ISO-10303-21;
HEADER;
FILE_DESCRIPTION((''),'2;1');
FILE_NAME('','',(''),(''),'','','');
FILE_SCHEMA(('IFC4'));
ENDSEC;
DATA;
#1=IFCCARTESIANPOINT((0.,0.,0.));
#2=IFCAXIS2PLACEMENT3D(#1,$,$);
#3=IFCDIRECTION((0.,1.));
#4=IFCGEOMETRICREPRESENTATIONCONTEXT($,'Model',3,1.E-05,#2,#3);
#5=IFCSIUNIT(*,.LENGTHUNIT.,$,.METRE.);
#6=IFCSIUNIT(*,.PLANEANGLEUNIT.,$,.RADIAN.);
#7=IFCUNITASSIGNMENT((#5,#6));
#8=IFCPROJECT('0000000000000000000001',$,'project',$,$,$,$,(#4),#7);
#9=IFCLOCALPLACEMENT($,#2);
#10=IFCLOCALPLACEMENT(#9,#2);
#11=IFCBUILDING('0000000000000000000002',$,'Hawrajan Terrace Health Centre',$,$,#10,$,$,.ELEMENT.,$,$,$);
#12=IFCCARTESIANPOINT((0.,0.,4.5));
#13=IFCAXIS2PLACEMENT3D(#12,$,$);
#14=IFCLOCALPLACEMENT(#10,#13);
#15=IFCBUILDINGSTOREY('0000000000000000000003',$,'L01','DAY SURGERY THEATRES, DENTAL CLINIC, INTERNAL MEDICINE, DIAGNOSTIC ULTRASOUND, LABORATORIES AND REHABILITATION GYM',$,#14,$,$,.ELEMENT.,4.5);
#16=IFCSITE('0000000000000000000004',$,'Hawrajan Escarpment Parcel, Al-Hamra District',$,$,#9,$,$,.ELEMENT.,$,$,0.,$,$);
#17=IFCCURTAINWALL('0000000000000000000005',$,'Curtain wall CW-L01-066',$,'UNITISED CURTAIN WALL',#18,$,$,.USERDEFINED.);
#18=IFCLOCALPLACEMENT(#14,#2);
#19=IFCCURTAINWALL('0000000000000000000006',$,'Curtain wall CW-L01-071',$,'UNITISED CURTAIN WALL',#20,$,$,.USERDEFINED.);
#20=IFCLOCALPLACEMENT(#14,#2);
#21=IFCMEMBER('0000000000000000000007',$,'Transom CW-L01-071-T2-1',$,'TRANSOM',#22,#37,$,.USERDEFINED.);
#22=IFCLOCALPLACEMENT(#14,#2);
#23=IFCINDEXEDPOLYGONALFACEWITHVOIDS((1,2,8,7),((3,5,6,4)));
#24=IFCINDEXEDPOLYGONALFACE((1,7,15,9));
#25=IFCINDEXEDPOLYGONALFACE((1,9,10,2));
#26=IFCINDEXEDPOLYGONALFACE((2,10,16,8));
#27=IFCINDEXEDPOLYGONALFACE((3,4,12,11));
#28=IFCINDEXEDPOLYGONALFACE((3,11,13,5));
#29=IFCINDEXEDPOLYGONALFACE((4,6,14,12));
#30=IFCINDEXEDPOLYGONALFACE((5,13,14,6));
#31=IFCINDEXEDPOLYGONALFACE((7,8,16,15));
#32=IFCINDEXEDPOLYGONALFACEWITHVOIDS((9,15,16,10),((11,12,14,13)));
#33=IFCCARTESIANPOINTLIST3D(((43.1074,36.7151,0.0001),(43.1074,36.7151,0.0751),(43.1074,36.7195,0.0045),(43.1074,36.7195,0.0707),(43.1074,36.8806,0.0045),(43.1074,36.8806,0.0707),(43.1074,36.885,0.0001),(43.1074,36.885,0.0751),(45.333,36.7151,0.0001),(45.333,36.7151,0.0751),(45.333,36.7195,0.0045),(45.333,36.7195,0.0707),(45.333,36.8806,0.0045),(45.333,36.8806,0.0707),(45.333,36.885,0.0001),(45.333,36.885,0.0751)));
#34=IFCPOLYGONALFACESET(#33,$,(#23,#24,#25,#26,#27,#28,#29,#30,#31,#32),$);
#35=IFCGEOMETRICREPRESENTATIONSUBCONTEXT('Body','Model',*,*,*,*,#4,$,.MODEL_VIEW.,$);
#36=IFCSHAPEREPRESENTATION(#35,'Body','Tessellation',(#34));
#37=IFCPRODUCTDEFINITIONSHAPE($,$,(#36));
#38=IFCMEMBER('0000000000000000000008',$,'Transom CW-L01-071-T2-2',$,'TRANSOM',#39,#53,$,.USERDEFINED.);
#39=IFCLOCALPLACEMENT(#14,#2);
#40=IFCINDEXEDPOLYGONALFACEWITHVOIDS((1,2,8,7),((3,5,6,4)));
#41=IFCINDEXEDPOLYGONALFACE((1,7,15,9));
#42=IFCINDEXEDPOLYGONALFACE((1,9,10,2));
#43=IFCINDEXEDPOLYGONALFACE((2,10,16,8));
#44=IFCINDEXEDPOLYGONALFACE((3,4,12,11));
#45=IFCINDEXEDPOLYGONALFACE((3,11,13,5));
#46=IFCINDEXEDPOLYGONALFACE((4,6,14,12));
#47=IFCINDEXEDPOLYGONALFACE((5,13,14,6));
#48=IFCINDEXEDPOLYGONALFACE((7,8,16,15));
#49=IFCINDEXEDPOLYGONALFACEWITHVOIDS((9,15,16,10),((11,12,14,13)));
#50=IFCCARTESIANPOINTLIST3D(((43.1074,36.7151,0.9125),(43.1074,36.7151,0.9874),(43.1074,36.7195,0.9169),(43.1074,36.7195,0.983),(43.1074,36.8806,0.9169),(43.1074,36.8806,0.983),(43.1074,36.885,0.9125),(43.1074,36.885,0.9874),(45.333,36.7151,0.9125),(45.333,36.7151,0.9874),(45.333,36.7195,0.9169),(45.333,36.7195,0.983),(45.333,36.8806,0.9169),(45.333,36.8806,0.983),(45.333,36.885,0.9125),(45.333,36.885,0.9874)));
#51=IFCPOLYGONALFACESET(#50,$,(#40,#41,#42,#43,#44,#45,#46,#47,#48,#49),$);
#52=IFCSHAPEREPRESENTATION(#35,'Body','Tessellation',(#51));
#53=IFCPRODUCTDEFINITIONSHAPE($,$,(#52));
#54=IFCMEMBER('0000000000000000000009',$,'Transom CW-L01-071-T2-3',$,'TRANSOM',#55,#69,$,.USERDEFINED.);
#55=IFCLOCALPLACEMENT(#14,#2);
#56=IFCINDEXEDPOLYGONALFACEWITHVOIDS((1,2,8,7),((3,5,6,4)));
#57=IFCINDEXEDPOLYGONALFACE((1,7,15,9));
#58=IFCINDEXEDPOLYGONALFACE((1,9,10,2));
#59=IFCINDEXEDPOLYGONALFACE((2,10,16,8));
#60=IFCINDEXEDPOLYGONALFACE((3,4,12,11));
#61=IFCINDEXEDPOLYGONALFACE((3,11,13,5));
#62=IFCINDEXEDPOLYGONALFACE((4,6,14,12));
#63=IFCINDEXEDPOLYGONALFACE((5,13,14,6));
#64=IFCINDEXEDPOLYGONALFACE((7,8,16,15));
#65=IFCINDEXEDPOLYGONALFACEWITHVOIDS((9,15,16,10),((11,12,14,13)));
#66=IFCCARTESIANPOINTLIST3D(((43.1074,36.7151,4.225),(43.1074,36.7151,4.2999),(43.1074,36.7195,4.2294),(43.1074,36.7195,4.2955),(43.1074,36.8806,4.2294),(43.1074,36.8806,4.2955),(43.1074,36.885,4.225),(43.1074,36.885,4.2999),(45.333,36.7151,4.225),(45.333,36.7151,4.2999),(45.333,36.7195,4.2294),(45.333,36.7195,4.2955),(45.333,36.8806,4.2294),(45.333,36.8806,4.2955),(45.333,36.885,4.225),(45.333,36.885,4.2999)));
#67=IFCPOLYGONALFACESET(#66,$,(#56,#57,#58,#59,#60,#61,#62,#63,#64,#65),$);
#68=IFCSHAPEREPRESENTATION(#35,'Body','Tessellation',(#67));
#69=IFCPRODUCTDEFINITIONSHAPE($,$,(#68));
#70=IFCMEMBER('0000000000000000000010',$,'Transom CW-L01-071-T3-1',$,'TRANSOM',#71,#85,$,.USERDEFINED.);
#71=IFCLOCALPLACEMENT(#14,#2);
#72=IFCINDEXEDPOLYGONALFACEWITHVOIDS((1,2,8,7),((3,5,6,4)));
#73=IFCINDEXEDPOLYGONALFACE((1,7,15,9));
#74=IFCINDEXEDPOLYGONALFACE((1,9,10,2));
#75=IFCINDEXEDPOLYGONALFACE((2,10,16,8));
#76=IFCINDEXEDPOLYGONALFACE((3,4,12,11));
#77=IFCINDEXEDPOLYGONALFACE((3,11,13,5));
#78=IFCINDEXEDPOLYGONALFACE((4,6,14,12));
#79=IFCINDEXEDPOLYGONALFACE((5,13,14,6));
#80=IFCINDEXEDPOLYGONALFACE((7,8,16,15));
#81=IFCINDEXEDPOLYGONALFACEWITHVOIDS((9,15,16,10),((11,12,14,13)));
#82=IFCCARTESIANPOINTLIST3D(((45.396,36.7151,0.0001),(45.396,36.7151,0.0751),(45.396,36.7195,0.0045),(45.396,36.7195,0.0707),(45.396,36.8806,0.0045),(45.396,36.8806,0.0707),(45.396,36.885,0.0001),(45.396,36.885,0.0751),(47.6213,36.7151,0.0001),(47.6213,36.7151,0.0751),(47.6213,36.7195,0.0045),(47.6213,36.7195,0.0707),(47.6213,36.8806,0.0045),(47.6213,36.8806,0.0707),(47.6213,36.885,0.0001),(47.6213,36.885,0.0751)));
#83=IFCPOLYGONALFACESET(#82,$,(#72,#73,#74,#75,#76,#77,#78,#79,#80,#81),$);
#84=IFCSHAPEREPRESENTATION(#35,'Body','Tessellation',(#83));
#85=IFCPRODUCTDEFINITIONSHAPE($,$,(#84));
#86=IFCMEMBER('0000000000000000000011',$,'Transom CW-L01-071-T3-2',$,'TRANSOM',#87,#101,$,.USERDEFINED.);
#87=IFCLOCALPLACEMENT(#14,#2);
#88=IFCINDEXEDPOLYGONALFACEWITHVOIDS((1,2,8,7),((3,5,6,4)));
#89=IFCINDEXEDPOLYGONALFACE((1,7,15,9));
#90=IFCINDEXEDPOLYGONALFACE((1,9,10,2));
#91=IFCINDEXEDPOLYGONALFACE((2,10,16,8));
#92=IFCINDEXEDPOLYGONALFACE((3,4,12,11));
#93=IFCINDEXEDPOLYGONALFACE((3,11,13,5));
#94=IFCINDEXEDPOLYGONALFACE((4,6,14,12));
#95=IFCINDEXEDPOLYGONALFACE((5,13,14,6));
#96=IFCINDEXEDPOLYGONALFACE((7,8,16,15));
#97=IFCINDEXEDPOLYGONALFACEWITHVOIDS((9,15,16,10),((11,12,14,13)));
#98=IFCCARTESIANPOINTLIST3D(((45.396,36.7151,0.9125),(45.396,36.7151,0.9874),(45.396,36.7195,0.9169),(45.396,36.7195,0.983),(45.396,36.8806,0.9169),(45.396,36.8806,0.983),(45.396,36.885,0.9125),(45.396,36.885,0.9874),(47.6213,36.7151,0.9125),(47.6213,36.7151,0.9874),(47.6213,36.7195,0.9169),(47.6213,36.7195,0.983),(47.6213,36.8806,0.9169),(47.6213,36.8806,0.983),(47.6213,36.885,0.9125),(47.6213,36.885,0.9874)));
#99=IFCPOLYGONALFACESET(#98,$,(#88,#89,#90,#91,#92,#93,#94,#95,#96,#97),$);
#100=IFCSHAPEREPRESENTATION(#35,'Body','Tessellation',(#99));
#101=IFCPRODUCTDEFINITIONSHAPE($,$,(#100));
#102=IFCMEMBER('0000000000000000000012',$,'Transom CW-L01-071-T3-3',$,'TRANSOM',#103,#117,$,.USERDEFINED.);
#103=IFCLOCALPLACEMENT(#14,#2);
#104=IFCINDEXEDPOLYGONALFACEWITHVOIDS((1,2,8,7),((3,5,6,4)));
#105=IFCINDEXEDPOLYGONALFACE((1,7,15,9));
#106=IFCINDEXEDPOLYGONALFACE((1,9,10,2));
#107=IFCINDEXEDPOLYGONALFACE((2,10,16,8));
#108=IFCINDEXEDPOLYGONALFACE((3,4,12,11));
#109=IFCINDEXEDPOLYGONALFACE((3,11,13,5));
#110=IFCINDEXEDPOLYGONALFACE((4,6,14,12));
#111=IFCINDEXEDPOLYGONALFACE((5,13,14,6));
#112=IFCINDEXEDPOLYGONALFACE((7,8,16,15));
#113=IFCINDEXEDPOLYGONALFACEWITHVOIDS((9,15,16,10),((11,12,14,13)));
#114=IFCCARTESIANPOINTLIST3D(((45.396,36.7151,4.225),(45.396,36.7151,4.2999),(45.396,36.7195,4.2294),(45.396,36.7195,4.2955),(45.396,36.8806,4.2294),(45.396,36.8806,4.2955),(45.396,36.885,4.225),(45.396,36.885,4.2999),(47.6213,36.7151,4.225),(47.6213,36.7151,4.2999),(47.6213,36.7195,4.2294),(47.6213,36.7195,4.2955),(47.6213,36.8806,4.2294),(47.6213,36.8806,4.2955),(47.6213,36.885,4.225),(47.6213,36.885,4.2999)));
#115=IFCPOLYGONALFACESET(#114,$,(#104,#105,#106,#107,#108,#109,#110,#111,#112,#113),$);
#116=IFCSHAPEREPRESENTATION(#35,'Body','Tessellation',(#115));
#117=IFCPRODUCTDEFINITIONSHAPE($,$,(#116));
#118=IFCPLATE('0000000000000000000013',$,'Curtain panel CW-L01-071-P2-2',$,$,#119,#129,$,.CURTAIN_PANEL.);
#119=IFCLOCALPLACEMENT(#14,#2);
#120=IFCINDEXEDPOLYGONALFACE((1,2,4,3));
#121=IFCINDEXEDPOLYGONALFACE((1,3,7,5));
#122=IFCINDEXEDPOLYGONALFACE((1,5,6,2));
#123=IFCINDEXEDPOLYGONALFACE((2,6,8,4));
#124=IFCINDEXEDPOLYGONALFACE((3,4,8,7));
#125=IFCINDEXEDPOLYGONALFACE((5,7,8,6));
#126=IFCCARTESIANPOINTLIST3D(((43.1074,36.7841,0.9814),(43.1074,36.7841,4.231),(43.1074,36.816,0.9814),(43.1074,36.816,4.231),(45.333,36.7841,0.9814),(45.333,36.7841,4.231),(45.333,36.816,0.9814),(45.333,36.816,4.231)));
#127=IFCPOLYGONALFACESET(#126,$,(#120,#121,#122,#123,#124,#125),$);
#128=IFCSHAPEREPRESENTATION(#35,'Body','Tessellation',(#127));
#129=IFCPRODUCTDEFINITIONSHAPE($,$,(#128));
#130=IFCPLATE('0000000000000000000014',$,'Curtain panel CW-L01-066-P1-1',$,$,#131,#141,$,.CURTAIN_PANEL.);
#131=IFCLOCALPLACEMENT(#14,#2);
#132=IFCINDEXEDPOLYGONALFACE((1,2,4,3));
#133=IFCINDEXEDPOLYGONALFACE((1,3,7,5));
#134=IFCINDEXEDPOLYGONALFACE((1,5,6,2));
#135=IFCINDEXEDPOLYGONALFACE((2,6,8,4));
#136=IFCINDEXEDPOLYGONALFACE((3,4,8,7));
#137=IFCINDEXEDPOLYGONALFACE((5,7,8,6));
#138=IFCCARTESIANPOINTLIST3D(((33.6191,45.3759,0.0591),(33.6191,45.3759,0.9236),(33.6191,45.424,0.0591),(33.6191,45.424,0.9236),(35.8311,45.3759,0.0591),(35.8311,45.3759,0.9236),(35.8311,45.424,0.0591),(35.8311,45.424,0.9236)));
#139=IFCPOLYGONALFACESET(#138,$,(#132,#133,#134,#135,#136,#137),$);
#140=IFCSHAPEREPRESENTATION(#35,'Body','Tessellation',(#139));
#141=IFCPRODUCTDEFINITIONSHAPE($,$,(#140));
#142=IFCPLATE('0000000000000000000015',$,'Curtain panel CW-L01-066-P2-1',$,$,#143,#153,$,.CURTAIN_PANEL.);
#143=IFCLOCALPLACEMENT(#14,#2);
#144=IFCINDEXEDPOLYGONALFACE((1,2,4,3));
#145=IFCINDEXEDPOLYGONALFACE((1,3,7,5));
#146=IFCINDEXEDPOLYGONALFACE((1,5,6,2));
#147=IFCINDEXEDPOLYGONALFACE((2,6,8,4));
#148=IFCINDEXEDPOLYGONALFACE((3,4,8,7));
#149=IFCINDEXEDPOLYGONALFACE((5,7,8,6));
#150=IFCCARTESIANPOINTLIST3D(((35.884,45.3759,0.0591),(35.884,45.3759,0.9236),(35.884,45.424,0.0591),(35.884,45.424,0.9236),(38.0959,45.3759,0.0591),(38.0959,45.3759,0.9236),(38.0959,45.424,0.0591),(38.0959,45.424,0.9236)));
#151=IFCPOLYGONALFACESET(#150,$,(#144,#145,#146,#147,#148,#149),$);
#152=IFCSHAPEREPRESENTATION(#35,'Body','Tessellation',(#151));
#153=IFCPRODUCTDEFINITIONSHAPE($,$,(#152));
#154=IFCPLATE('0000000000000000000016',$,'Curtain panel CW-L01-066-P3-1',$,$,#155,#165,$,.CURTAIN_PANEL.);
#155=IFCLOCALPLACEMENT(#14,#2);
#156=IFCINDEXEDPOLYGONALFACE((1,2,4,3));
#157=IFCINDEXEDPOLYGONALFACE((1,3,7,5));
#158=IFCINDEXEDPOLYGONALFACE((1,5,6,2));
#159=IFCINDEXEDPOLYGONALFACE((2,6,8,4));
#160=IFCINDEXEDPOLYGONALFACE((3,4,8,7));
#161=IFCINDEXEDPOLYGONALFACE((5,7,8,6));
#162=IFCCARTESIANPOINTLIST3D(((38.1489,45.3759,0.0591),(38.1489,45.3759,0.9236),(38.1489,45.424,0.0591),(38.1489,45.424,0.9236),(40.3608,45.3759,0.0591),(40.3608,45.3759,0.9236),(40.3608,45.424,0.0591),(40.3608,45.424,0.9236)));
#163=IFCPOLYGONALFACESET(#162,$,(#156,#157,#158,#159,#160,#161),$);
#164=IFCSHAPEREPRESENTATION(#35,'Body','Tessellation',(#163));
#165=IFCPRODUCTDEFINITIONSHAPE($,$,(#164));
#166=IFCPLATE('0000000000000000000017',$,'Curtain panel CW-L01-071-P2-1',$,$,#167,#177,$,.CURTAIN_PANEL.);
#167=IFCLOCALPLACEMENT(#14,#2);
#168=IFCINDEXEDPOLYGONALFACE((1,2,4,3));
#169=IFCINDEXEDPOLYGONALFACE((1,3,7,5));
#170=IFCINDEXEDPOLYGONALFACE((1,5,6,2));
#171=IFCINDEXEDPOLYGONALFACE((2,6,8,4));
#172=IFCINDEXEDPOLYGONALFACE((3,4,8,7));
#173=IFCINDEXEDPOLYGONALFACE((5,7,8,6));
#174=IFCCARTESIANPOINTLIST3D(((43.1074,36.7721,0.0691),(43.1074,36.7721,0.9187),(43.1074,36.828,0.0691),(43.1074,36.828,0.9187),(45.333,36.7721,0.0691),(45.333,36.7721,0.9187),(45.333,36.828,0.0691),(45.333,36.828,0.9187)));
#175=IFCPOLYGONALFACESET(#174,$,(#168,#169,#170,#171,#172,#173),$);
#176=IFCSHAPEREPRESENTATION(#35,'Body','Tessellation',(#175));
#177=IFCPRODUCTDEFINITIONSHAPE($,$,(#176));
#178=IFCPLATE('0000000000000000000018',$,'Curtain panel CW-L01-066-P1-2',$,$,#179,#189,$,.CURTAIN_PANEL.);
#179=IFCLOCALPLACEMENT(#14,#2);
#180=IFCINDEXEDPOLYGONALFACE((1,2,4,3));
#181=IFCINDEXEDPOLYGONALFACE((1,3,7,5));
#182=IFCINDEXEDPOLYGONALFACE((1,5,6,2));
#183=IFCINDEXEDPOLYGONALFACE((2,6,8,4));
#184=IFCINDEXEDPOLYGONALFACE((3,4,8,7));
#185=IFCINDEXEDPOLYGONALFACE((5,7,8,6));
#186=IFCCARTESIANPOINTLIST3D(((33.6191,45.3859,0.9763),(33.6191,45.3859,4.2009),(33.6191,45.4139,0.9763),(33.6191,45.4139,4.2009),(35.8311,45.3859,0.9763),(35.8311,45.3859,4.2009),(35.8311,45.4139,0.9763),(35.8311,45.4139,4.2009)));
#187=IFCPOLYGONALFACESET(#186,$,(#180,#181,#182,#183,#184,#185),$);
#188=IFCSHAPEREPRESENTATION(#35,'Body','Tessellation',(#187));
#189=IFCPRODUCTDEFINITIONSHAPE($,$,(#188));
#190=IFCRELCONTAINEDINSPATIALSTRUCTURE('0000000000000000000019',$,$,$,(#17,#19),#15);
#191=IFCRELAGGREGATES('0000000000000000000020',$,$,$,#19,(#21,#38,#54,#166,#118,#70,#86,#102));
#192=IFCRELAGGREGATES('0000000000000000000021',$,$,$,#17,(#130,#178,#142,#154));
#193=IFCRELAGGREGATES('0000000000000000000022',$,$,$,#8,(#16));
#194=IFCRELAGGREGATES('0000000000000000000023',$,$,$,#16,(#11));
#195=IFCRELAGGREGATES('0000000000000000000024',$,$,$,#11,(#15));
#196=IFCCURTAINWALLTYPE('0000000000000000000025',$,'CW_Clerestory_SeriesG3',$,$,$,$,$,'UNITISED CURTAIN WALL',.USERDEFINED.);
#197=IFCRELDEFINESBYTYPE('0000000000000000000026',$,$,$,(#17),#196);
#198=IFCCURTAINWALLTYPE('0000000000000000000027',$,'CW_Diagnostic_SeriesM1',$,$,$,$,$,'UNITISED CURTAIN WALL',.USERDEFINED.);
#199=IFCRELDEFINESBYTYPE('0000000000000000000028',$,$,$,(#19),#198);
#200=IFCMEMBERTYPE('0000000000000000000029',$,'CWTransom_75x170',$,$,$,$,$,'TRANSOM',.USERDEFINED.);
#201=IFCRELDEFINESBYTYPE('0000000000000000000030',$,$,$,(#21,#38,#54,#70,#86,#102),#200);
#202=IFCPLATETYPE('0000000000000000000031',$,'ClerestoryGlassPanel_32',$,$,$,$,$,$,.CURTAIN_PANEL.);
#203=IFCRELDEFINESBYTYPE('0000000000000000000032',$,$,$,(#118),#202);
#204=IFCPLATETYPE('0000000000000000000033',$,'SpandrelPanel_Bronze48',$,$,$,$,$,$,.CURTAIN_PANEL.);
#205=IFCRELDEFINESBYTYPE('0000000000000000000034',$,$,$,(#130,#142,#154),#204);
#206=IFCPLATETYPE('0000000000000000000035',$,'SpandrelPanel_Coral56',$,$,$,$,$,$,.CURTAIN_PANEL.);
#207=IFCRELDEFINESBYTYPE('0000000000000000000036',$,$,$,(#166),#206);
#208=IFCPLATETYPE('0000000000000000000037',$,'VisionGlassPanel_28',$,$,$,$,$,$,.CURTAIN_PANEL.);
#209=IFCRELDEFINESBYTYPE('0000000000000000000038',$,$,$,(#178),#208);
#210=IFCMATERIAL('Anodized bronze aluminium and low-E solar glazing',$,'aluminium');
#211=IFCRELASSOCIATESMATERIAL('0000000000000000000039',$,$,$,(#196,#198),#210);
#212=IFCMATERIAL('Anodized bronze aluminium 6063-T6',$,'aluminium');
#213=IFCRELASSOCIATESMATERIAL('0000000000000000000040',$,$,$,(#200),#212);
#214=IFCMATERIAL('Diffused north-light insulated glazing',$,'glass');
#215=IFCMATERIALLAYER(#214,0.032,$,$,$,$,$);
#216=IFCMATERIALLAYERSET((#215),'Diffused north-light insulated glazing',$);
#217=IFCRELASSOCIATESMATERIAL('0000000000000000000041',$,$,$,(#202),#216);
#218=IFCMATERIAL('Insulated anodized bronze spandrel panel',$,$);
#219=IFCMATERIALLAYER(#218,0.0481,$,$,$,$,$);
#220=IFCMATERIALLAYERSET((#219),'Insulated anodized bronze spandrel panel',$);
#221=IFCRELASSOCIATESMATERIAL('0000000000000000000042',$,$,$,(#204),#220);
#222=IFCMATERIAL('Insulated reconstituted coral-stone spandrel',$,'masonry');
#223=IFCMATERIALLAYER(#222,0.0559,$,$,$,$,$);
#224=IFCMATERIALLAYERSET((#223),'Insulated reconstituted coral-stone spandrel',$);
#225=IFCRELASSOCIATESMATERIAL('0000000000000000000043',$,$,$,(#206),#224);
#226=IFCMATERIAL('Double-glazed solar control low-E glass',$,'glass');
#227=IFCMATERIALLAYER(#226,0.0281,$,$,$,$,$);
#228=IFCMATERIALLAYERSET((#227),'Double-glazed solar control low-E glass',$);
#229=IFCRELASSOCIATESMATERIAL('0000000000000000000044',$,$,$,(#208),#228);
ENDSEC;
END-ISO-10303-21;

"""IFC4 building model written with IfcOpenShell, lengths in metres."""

from ifc_helpers import new_model, si_unit, direction, frame, origin, origin_2d, place, context, subcontext, project, spatial, rectangle, hollow_rectangle, extrude, material, layer, layer_set, material_profile, profile_set, type_object, element, aggregate, save


model = new_model("IFC4")

# Units and contexts
model_context = context("Model", 3, precision=1e-05, world=origin(), true_north=direction((0.0, 1.0)))
body_context = subcontext(model_context, "Body", "Model", "MODEL_VIEW")
ifc_project = project(units=[si_unit("LENGTHUNIT", "METRE"), si_unit("PLANEANGLEUNIT", "RADIAN")], contexts=[model_context])

# Site, building, storey
site_placement = place(None, origin())
site = spatial("IfcSite", under=ifc_project, at=site_placement, Name="Hawrajan Escarpment Parcel, Al-Hamra District", CompositionType="ELEMENT", RefElevation=0.0)
building_placement = place(site_placement, origin())
building = spatial("IfcBuilding", under=site, at=building_placement, Name="Hawrajan Terrace Health Centre", CompositionType="ELEMENT")
storey_placement = place(building_placement, frame((0.0, 0.0, 4.5)))
storey = spatial("IfcBuildingStorey", under=building, at=storey_placement, Name="L01", Description="DAY SURGERY THEATRES, DENTAL CLINIC, INTERNAL MEDICINE, DIAGNOSTIC ULTRASOUND, LABORATORIES AND REHABILITATION GYM", CompositionType="ELEMENT", Elevation=4.5)

# Curtain wall
ifc_material_1 = material(Name="Anodized bronze aluminium and low-E solar glazing", Category="aluminium")
curtain_wall_type_1 = type_object("IfcCurtainWallType", Name="CW_Clerestory_SeriesG3", ElementType="UNITISED CURTAIN WALL", PredefinedType="USERDEFINED", material=ifc_material_1)
curtain_wall_1_placement = place(storey_placement, origin())
curtain_wall_1 = element("IfcCurtainWall", 1, at=curtain_wall_1_placement, inside=storey, type_object=curtain_wall_type_1, Name="Curtain wall CW-L01-066", ObjectType="UNITISED CURTAIN WALL", PredefinedType="USERDEFINED")
ifc_material_2 = material(Name="Anodized bronze aluminium 6063-T6", Category="aluminium")

# Curtain wall
curtain_wall_type_2 = type_object("IfcCurtainWallType", Name="CW_Diagnostic_SeriesM1", ElementType="UNITISED CURTAIN WALL", PredefinedType="USERDEFINED", material=ifc_material_1)
curtain_wall_2_placement = place(storey_placement, origin())
curtain_wall_2 = element("IfcCurtainWall", 2, at=curtain_wall_2_placement, inside=storey, type_object=curtain_wall_type_2, Name="Curtain wall CW-L01-071", ObjectType="UNITISED CURTAIN WALL", PredefinedType="USERDEFINED")

# Members
ifc_material_profile_1 = material_profile(ifc_material_2, hollow_rectangle(XDim=0.075, YDim=0.1699, WallThickness=0.0044, at=origin_2d()), Name="CW TRN 75x170")
ifc_profile_set_1 = profile_set([ifc_material_profile_1], Name="Anodized bronze aluminium 6063-T6")
member_type_1 = type_object("IfcMemberType", Name="CWTransom_75x170", ElementType="TRANSOM", PredefinedType="USERDEFINED", material=ifc_profile_set_1)
member_1_placement = place(storey_placement, frame((43.1074, 36.8, 0.0376), z_axis=(1.0, 0.0, 0.0), x_axis=(0.0, 0.0, 1.0)))
member_1 = element("IfcMember", 3, at=member_1_placement, type_object=member_type_1, Name="Transom CW-L01-071-T2-1", ObjectType="TRANSOM", PredefinedType="USERDEFINED", context=body_context, shape_type="SweptSolid", body=[
    extrude(hollow_rectangle(XDim=0.075, YDim=0.1699, WallThickness=0.0044, at=origin_2d()), origin(), (0.0, 0.0, 1.0), 2.2256),
])
member_2_placement = place(storey_placement, frame((43.1074, 36.8, 0.95), z_axis=(1.0, 0.0, 0.0), x_axis=(0.0, 0.0, 1.0)))
member_2 = element("IfcMember", 4, at=member_2_placement, type_object=member_type_1, Name="Transom CW-L01-071-T2-2", ObjectType="TRANSOM", PredefinedType="USERDEFINED", context=body_context, shape_type="SweptSolid", body=[
    extrude(hollow_rectangle(XDim=0.075, YDim=0.1699, WallThickness=0.0044, at=origin_2d()), origin(), (0.0, 0.0, 1.0), 2.2256),
])
member_3_placement = place(storey_placement, frame((43.1074, 36.8, 4.2625), z_axis=(1.0, 0.0, 0.0), x_axis=(0.0, 0.0, 1.0)))
member_3 = element("IfcMember", 5, at=member_3_placement, type_object=member_type_1, Name="Transom CW-L01-071-T2-3", ObjectType="TRANSOM", PredefinedType="USERDEFINED", context=body_context, shape_type="SweptSolid", body=[
    extrude(hollow_rectangle(XDim=0.075, YDim=0.1699, WallThickness=0.0044, at=origin_2d()), origin(), (0.0, 0.0, 1.0), 2.2256),
])
member_4_placement = place(storey_placement, frame((45.396, 36.8, 0.0376), z_axis=(1.0, 0.0, 0.0), x_axis=(0.0, 0.0, 1.0)))
member_4 = element("IfcMember", 6, at=member_4_placement, type_object=member_type_1, Name="Transom CW-L01-071-T3-1", ObjectType="TRANSOM", PredefinedType="USERDEFINED", context=body_context, shape_type="SweptSolid", body=[
    extrude(hollow_rectangle(XDim=0.075, YDim=0.1699, WallThickness=0.0044, at=origin_2d()), origin(), (0.0, 0.0, 1.0), 2.2253),
])
member_5_placement = place(storey_placement, frame((45.396, 36.8, 0.95), z_axis=(1.0, 0.0, 0.0), x_axis=(0.0, 0.0, 1.0)))
member_5 = element("IfcMember", 7, at=member_5_placement, type_object=member_type_1, Name="Transom CW-L01-071-T3-2", ObjectType="TRANSOM", PredefinedType="USERDEFINED", context=body_context, shape_type="SweptSolid", body=[
    extrude(hollow_rectangle(XDim=0.075, YDim=0.1699, WallThickness=0.0044, at=origin_2d()), origin(), (0.0, 0.0, 1.0), 2.2253),
])
member_6_placement = place(storey_placement, frame((45.396, 36.8, 4.2625), z_axis=(1.0, 0.0, 0.0), x_axis=(0.0, 0.0, 1.0)))
member_6 = element("IfcMember", 8, at=member_6_placement, type_object=member_type_1, Name="Transom CW-L01-071-T3-3", ObjectType="TRANSOM", PredefinedType="USERDEFINED", context=body_context, shape_type="SweptSolid", body=[
    extrude(hollow_rectangle(XDim=0.075, YDim=0.1699, WallThickness=0.0044, at=origin_2d()), origin(), (0.0, 0.0, 1.0), 2.2253),
])

# Plates
ifc_material_3 = material(Name="Diffused north-light insulated glazing", Category="glass")
ifc_layer_1 = layer(ifc_material_3, 0.032)
ifc_layer_set_1 = layer_set([ifc_layer_1], Name="Diffused north-light insulated glazing")
plate_type_1 = type_object("IfcPlateType", Name="ClerestoryGlassPanel_32", PredefinedType="CURTAIN_PANEL", material=ifc_layer_set_1)
plate_1_placement = place(storey_placement, frame((44.2202, 36.8, 0.9814), z_axis=(0.0, 0.0, 1.0), x_axis=(1.0, 0.0, 0.0)))
plate_1 = element("IfcPlate", 9, at=plate_1_placement, type_object=plate_type_1, Name="Curtain panel CW-L01-071-P2-2", PredefinedType="CURTAIN_PANEL", context=body_context, shape_type="SweptSolid", body=[
    extrude(rectangle(XDim=2.2256, YDim=0.032, at=origin_2d()), origin(), (0.0, 0.0, 1.0), 3.2495),
])
ifc_material_4 = material(Name="Insulated anodized bronze spandrel panel")
ifc_layer_2 = layer(ifc_material_4, 0.0481)
ifc_layer_set_2 = layer_set([ifc_layer_2], Name="Insulated anodized bronze spandrel panel")
plate_type_2 = type_object("IfcPlateType", Name="SpandrelPanel_Bronze48", PredefinedType="CURTAIN_PANEL", material=ifc_layer_set_2)
plate_2_placement = place(storey_placement, frame((34.7251, 45.3999, 0.0591), z_axis=(0.0, 0.0, 1.0), x_axis=(1.0, 0.0, 0.0)))
plate_2 = element("IfcPlate", 10, at=plate_2_placement, type_object=plate_type_2, Name="Curtain panel CW-L01-066-P1-1", PredefinedType="CURTAIN_PANEL", context=body_context, shape_type="SweptSolid", body=[
    extrude(rectangle(XDim=2.2119, YDim=0.0481, at=origin_2d()), origin(), (0.0, 0.0, 1.0), 0.8645),
])
plate_3_placement = place(storey_placement, frame((36.99, 45.3999, 0.0591), z_axis=(0.0, 0.0, 1.0), x_axis=(1.0, 0.0, 0.0)))
plate_3 = element("IfcPlate", 11, at=plate_3_placement, type_object=plate_type_2, Name="Curtain panel CW-L01-066-P2-1", PredefinedType="CURTAIN_PANEL", context=body_context, shape_type="SweptSolid", body=[
    extrude(rectangle(XDim=2.2119, YDim=0.0481, at=origin_2d()), origin(), (0.0, 0.0, 1.0), 0.8645),
])
plate_4_placement = place(storey_placement, frame((39.2549, 45.3999, 0.0591), z_axis=(0.0, 0.0, 1.0), x_axis=(1.0, 0.0, 0.0)))
plate_4 = element("IfcPlate", 12, at=plate_4_placement, type_object=plate_type_2, Name="Curtain panel CW-L01-066-P3-1", PredefinedType="CURTAIN_PANEL", context=body_context, shape_type="SweptSolid", body=[
    extrude(rectangle(XDim=2.2119, YDim=0.0481, at=origin_2d()), origin(), (0.0, 0.0, 1.0), 0.8645),
])
ifc_material_5 = material(Name="Insulated reconstituted coral-stone spandrel", Category="masonry")
ifc_layer_3 = layer(ifc_material_5, 0.0559)
ifc_layer_set_3 = layer_set([ifc_layer_3], Name="Insulated reconstituted coral-stone spandrel")
plate_type_3 = type_object("IfcPlateType", Name="SpandrelPanel_Coral56", PredefinedType="CURTAIN_PANEL", material=ifc_layer_set_3)
plate_5_placement = place(storey_placement, frame((44.2202, 36.8, 0.0691), z_axis=(0.0, 0.0, 1.0), x_axis=(1.0, 0.0, 0.0)))
plate_5 = element("IfcPlate", 13, at=plate_5_placement, type_object=plate_type_3, Name="Curtain panel CW-L01-071-P2-1", PredefinedType="CURTAIN_PANEL", context=body_context, shape_type="SweptSolid", body=[
    extrude(rectangle(XDim=2.2256, YDim=0.0559, at=origin_2d()), origin(), (0.0, 0.0, 1.0), 0.8496),
])
aggregate(curtain_wall_2, [member_1, member_2, member_3, plate_5, plate_1, member_4, member_5, member_6])
ifc_material_6 = material(Name="Double-glazed solar control low-E glass", Category="glass")
ifc_layer_4 = layer(ifc_material_6, 0.0281)
ifc_layer_set_4 = layer_set([ifc_layer_4], Name="Double-glazed solar control low-E glass")
plate_type_4 = type_object("IfcPlateType", Name="VisionGlassPanel_28", PredefinedType="CURTAIN_PANEL", material=ifc_layer_set_4)
plate_6_placement = place(storey_placement, frame((34.7251, 45.3999, 0.9763), z_axis=(0.0, 0.0, 1.0), x_axis=(1.0, 0.0, 0.0)))
plate_6 = element("IfcPlate", 14, at=plate_6_placement, type_object=plate_type_4, Name="Curtain panel CW-L01-066-P1-2", PredefinedType="CURTAIN_PANEL", context=body_context, shape_type="SweptSolid", body=[
    extrude(rectangle(XDim=2.2119, YDim=0.0281, at=origin_2d()), origin(), (0.0, 0.0, 1.0), 3.2246),
])
aggregate(curtain_wall_1, [plate_2, plate_6, plate_3, plate_4])

save(model, "model.ifc")
